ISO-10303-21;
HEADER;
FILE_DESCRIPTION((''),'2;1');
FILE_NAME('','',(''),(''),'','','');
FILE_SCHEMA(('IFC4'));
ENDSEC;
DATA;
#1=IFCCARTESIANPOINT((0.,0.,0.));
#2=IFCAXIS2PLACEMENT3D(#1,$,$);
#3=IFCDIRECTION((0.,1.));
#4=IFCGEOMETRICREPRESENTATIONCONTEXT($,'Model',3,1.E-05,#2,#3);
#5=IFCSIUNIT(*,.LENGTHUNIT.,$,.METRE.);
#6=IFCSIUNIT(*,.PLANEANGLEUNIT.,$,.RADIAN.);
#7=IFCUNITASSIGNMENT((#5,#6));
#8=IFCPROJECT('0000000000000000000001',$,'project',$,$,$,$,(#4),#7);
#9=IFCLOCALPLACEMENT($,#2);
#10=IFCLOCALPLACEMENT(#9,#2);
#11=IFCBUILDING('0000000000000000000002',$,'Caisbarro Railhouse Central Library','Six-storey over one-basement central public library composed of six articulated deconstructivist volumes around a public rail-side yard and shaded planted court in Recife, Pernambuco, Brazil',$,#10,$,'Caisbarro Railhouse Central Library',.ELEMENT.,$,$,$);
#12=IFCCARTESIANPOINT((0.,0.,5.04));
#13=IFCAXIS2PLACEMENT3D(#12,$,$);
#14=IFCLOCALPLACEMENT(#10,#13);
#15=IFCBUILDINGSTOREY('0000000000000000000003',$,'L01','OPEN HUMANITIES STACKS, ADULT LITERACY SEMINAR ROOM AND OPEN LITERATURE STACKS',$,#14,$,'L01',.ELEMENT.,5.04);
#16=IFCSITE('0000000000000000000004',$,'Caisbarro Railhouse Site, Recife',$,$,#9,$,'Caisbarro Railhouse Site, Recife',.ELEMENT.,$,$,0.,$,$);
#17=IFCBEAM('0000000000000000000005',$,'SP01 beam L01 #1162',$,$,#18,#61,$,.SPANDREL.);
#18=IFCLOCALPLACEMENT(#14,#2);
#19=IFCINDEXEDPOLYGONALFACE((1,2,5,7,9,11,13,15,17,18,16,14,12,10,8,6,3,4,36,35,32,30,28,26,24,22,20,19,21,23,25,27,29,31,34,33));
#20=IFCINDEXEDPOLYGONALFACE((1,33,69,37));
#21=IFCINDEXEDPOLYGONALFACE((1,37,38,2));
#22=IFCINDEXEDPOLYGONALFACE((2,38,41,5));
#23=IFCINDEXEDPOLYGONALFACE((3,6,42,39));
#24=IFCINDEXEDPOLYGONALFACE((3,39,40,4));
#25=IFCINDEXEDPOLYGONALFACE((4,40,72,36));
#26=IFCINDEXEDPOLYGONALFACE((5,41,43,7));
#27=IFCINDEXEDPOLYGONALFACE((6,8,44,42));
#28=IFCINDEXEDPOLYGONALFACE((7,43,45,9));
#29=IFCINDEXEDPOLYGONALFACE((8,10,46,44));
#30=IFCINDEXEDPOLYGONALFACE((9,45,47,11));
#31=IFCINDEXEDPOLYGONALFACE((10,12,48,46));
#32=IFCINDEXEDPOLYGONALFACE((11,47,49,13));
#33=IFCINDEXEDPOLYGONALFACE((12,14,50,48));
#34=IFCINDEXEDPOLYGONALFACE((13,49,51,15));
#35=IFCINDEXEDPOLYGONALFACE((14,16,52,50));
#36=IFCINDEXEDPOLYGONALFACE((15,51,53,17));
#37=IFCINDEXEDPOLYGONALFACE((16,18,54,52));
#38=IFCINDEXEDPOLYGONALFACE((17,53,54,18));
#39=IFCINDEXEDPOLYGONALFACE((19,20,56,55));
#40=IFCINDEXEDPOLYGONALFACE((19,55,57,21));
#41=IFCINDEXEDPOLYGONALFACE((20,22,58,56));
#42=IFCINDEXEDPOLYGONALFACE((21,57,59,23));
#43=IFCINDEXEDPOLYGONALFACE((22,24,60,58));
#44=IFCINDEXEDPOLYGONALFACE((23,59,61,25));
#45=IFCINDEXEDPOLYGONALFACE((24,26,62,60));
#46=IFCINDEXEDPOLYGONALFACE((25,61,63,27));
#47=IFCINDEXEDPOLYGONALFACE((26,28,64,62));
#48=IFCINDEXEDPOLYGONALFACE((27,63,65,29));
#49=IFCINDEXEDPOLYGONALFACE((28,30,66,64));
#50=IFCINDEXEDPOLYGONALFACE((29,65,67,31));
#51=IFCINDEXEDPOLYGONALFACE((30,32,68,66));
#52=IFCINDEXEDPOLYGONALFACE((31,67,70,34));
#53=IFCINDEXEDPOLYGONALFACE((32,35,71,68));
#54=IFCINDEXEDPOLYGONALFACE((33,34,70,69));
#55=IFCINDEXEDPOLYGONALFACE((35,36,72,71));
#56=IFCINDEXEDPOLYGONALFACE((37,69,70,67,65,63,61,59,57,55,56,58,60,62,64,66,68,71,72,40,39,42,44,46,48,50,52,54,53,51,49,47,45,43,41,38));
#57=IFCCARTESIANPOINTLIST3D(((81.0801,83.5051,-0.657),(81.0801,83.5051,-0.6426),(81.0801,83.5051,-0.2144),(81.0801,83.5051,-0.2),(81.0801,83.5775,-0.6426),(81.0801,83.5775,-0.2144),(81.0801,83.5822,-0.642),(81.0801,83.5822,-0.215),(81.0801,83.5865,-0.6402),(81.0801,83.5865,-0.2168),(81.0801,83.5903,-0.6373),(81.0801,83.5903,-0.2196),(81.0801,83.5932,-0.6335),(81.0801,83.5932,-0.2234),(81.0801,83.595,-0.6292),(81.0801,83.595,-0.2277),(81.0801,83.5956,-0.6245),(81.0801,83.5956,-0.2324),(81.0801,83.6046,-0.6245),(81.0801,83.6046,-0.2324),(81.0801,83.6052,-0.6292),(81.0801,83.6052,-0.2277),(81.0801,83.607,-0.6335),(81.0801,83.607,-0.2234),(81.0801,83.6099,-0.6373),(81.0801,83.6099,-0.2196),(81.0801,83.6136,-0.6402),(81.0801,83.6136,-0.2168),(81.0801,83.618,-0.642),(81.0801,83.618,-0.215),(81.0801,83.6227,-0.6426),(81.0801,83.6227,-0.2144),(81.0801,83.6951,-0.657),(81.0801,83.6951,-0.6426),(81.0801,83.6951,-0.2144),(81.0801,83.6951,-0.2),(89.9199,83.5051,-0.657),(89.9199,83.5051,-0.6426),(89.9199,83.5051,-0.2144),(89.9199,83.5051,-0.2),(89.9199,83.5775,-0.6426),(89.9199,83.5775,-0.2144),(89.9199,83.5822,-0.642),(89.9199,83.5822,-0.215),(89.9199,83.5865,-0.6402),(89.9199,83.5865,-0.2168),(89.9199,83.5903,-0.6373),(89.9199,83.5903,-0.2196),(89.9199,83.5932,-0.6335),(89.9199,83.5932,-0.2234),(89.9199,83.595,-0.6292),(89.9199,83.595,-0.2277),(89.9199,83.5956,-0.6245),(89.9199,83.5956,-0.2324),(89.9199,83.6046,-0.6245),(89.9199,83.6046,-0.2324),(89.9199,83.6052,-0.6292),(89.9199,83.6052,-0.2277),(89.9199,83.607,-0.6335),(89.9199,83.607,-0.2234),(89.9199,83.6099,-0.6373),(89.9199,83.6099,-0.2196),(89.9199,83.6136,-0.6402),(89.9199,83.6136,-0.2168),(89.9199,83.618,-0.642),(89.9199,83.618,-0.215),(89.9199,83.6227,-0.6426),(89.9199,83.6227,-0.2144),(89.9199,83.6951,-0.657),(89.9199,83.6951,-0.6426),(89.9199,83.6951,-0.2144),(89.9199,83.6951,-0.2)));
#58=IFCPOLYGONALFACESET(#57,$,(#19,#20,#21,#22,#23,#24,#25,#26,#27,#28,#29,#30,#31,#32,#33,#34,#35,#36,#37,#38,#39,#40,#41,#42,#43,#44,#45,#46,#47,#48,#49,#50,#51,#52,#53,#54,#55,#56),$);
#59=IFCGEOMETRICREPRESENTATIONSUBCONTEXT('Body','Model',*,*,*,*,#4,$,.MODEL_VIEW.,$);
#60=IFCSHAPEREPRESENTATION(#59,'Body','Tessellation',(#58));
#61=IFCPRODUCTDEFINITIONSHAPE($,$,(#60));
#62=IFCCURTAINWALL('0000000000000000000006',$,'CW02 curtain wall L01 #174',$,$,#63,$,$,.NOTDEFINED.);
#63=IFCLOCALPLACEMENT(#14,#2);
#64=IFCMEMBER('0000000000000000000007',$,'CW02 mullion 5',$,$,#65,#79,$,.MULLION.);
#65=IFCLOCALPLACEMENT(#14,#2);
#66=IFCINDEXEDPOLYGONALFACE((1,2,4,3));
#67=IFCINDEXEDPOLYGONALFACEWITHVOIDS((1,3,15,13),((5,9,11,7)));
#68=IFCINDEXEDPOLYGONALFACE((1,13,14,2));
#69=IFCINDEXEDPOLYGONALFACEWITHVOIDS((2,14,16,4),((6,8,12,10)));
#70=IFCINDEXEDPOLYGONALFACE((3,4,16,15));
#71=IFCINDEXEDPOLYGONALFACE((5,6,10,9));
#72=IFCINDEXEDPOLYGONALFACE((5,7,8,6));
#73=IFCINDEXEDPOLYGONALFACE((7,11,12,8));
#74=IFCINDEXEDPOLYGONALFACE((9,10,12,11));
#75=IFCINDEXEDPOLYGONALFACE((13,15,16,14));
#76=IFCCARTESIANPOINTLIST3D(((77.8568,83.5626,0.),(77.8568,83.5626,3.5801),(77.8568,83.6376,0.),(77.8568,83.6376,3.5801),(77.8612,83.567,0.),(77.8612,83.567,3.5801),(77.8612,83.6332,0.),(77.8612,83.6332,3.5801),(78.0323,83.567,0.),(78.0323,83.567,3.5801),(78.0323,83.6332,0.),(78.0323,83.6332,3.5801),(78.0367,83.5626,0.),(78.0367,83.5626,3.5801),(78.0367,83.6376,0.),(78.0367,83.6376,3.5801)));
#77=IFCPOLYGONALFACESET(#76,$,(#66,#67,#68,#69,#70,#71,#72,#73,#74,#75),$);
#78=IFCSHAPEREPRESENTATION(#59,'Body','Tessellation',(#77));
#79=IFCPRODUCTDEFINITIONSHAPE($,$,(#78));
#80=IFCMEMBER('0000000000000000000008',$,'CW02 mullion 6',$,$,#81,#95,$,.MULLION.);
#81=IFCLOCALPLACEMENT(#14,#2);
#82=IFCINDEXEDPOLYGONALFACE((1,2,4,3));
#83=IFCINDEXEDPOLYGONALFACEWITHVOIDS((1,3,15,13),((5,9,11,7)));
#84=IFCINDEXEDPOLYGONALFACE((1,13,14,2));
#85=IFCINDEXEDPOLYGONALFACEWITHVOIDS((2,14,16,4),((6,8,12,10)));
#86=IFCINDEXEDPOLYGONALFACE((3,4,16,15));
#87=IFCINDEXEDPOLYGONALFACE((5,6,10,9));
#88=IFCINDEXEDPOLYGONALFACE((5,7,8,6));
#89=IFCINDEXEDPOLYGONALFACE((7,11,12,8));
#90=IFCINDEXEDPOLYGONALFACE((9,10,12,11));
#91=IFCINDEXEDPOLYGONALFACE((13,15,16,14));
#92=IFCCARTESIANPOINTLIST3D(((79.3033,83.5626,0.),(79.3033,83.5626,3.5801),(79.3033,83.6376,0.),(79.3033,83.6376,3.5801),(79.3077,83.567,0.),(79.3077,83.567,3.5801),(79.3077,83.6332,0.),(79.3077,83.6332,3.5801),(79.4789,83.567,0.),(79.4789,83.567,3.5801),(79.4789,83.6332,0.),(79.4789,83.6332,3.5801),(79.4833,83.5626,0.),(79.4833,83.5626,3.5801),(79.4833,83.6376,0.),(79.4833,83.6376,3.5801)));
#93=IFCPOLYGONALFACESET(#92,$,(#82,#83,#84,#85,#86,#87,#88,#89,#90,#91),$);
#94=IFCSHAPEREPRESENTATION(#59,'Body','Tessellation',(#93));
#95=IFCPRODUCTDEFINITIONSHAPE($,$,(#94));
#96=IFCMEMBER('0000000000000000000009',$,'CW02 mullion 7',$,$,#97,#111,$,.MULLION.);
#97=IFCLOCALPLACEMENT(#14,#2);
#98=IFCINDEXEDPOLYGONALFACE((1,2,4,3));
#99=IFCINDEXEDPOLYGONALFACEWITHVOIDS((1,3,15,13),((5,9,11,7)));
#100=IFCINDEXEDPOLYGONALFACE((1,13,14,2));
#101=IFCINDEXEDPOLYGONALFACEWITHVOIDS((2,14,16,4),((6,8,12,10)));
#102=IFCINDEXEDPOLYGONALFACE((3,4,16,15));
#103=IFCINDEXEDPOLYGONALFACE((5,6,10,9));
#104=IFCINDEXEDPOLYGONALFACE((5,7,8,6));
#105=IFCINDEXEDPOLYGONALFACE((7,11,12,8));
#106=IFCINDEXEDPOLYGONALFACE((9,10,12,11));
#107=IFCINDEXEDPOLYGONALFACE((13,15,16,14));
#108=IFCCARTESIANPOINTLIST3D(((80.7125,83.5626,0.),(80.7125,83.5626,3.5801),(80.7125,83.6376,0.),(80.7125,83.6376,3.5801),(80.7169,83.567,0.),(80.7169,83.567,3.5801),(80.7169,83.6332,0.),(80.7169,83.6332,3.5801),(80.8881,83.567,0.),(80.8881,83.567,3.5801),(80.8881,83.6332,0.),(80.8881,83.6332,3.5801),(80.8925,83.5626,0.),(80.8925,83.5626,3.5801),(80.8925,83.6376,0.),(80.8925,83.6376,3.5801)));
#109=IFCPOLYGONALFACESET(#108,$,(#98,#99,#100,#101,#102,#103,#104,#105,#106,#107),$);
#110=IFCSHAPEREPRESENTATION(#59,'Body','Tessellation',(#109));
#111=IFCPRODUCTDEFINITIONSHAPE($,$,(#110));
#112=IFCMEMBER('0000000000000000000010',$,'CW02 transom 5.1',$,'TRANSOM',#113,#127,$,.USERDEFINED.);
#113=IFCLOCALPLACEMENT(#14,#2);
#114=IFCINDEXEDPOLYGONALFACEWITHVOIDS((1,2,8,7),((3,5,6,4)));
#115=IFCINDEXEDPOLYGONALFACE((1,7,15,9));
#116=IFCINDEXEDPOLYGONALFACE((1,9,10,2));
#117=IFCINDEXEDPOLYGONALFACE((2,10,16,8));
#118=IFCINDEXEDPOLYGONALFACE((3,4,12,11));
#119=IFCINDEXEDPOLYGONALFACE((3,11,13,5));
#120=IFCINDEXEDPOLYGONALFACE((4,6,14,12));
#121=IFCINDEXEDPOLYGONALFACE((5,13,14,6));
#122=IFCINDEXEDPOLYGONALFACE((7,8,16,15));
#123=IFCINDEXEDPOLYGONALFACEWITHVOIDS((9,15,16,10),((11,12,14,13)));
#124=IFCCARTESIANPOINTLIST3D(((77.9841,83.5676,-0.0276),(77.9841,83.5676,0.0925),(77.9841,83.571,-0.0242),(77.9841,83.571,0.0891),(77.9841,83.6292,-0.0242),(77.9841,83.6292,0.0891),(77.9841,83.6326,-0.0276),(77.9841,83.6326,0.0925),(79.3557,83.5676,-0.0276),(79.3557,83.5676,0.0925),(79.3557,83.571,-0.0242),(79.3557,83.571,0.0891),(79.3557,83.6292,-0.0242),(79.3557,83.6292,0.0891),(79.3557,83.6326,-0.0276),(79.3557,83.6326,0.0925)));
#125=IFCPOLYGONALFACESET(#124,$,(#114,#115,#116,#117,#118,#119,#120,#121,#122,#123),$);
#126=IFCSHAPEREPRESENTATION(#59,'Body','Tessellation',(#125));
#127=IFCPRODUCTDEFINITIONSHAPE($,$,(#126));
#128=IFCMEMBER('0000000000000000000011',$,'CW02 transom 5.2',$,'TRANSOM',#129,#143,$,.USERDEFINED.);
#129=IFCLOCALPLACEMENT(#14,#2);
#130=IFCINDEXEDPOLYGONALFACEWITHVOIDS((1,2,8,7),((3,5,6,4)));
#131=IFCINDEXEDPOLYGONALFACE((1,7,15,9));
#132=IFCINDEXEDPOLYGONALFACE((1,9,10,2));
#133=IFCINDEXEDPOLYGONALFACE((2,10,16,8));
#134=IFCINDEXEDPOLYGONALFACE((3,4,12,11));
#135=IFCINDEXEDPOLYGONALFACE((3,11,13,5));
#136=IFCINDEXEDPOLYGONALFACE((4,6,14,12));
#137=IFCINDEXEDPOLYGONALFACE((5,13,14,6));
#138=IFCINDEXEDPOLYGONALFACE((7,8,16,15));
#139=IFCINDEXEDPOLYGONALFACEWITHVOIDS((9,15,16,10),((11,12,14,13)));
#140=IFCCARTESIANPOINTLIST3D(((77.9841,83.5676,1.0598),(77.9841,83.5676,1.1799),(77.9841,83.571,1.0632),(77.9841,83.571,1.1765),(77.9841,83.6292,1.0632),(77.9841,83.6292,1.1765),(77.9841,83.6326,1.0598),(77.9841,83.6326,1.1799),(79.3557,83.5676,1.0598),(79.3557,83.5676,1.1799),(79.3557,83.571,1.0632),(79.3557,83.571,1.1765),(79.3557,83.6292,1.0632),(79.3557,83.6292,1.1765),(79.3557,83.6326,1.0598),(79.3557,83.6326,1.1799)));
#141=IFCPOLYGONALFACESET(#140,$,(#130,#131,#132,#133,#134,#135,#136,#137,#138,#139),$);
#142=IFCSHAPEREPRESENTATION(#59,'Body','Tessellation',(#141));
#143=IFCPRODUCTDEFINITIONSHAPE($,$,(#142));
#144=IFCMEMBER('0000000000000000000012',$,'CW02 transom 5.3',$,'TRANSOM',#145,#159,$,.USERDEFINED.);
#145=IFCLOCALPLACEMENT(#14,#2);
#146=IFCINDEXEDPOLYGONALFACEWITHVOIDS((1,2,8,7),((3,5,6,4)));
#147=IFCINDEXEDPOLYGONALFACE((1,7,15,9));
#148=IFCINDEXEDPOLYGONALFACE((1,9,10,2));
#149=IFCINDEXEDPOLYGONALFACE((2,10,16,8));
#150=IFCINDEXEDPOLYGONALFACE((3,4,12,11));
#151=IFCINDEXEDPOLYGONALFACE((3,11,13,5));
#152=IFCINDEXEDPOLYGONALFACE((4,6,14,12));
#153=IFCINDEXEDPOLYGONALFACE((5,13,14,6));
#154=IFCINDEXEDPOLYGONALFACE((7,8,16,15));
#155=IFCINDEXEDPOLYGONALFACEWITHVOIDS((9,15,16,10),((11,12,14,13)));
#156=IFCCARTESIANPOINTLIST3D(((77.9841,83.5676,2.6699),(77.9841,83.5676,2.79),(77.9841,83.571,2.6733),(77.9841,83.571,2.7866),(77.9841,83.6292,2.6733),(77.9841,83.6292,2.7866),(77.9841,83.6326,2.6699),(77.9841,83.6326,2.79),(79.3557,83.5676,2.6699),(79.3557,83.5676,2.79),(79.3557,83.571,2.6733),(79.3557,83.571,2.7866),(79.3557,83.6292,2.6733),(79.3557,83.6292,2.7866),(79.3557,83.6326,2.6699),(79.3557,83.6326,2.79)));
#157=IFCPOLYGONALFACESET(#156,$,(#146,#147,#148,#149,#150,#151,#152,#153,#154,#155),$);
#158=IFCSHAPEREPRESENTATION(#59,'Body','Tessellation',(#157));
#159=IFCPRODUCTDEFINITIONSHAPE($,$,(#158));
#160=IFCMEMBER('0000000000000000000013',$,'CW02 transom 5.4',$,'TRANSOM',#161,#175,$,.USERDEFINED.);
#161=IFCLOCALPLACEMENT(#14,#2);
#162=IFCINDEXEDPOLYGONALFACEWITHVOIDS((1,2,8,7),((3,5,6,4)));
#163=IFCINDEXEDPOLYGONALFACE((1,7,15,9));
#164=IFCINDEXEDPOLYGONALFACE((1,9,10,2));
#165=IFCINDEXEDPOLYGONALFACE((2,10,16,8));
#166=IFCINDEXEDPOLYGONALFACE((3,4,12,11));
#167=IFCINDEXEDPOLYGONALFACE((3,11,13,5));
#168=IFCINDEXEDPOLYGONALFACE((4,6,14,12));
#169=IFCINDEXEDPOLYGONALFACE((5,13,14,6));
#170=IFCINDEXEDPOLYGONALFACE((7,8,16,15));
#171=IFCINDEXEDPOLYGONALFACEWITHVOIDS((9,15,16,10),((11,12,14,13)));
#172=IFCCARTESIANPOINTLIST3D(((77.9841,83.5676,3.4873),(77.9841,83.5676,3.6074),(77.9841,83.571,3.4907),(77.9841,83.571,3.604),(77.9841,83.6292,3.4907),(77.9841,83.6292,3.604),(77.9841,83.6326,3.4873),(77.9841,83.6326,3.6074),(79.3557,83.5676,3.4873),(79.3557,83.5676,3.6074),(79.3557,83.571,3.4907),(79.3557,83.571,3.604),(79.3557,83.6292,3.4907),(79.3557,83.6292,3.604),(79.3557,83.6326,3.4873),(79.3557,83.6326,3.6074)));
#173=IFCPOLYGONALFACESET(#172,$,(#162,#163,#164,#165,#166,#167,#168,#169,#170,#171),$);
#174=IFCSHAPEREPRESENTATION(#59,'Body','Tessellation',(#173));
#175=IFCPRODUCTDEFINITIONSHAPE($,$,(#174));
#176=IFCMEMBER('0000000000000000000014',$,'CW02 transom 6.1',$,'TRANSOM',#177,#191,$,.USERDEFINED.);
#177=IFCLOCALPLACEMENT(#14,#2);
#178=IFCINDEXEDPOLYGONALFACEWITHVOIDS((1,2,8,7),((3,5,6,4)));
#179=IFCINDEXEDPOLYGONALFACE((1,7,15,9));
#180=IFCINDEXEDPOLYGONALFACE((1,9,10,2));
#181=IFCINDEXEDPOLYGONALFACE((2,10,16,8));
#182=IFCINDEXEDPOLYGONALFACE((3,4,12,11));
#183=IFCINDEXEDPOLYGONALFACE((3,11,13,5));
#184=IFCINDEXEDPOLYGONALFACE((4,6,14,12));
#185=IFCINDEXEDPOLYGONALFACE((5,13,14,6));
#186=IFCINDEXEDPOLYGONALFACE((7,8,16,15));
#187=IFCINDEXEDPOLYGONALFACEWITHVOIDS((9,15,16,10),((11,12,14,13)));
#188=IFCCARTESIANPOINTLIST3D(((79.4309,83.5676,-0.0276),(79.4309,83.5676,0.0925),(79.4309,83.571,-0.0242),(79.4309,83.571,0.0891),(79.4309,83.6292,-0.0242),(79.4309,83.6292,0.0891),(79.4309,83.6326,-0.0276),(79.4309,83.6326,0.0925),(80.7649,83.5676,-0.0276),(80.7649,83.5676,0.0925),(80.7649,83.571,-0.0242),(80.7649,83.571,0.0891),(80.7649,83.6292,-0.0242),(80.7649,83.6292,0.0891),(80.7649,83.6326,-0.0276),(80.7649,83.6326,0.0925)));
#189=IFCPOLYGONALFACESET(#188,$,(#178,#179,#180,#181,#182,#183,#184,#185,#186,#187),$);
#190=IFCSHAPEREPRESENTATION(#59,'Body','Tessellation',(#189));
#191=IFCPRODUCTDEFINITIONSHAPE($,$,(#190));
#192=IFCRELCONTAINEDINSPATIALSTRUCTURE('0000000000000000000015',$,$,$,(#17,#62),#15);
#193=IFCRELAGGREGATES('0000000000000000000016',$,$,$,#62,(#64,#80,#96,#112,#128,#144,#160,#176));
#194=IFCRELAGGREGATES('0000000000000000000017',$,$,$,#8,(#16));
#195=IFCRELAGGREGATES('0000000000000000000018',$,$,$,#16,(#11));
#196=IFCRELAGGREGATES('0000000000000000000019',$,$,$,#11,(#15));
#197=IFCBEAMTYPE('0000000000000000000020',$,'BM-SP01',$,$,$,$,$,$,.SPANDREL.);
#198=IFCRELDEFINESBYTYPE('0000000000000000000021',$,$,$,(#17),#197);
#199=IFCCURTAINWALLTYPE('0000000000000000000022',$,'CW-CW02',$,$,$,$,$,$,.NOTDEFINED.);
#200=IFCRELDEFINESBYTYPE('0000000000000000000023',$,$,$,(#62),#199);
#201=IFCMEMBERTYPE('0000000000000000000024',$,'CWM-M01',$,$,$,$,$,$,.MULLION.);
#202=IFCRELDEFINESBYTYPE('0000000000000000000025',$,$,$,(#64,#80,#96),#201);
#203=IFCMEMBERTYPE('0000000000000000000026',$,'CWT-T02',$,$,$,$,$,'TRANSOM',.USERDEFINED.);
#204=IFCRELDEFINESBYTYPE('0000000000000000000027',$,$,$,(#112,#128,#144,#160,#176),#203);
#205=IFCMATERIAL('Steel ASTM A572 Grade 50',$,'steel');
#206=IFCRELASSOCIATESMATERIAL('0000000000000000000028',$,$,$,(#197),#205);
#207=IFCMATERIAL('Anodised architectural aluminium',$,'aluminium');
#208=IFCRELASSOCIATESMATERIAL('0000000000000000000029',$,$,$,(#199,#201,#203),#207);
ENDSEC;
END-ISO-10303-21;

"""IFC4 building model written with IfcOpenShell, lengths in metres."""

from ifc_helpers import new_model, si_unit, direction, frame, origin, origin_2d, place, context, subcontext, project, spatial, hollow_rectangle, i_section, extrude, material, material_profile, profile_set, type_object, element, aggregate, save


model = new_model("IFC4")

# Units and contexts
model_context = context("Model", 3, precision=1e-05, world=origin(), true_north=direction((0.0, 1.0)))
body_context = subcontext(model_context, "Body", "Model", "MODEL_VIEW")
ifc_project = project(units=[si_unit("LENGTHUNIT", "METRE"), si_unit("PLANEANGLEUNIT", "RADIAN")], contexts=[model_context])

# Site, building, storey
site_placement = place(None, origin())
site = spatial("IfcSite", under=ifc_project, at=site_placement, Name="Caisbarro Railhouse Site, Recife", LongName="Caisbarro Railhouse Site, Recife", CompositionType="ELEMENT", RefElevation=0.0)
building_placement = place(site_placement, origin())
building = spatial("IfcBuilding", under=site, at=building_placement, Name="Caisbarro Railhouse Central Library", Description="Six-storey over one-basement central public library composed of six articulated deconstructivist volumes around a public rail-side yard and shaded planted court in Recife, Pernambuco, Brazil", LongName="Caisbarro Railhouse Central Library", CompositionType="ELEMENT")
storey_placement = place(building_placement, frame((0.0, 0.0, 5.04)))
storey = spatial("IfcBuildingStorey", under=building, at=storey_placement, Name="L01", Description="OPEN HUMANITIES STACKS, ADULT LITERACY SEMINAR ROOM AND OPEN LITERATURE STACKS", LongName="L01", CompositionType="ELEMENT", Elevation=5.04)

# Shared definitions
ifc_material_1 = material(Name="Steel ASTM A572 Grade 50", Category="steel")

# Beam
ifc_material_profile_1 = material_profile(ifc_material_1, i_section(OverallWidth=0.1899, OverallDepth=0.457, WebThickness=0.009, FlangeThickness=0.0144, FilletRadius=0.0181, at=origin_2d()), Name="W460X74.0")
ifc_profile_set_1 = profile_set([ifc_material_profile_1], Name="Steel ASTM A572 Grade 50")
beam_type_1 = type_object("IfcBeamType", Name="BM-SP01", PredefinedType="SPANDREL", material=ifc_profile_set_1)
beam_1_placement = place(storey_placement, frame((81.0801, 83.6001, -0.4285), z_axis=(1.0, 0.0, 0.0), x_axis=(0.0, 1.0, 0.0)))
element("IfcBeam", 1, at=beam_1_placement, inside=storey, type_object=beam_type_1, Name="SP01 beam L01 #1162", PredefinedType="SPANDREL", context=body_context, shape_type="SweptSolid", body=[
    extrude(i_section(OverallWidth=0.1899, OverallDepth=0.457, WebThickness=0.009, FlangeThickness=0.0144, FilletRadius=0.0181, at=origin_2d()), origin(), (0.0, 0.0, 1.0), 8.8398),
])

# Curtain wall, members
ifc_material_2 = material(Name="Anodised architectural aluminium", Category="aluminium")
curtain_wall_type = type_object("IfcCurtainWallType", Name="CW-CW02", PredefinedType="NOTDEFINED", material=ifc_material_2)
curtain_wall_placement = place(storey_placement, origin())
curtain_wall = element("IfcCurtainWall", 2, at=curtain_wall_placement, inside=storey, type_object=curtain_wall_type, Name="CW02 curtain wall L01 #174", PredefinedType="NOTDEFINED")
ifc_material_profile_2 = material_profile(ifc_material_2, hollow_rectangle(XDim=0.075, YDim=0.1799, WallThickness=0.0044, at=origin_2d()), Name="ALU-MUL-75X180")
ifc_profile_set_2 = profile_set([ifc_material_profile_2], Name="Anodised architectural aluminium")
member_type_1 = type_object("IfcMemberType", Name="CWM-M01", PredefinedType="MULLION", material=ifc_profile_set_2)
member_1_placement = place(storey_placement, frame((77.9468, 83.6001, 0.0), z_axis=(0.0, 0.0, 1.0), x_axis=(0.0, 1.0, 0.0)))
member_1 = element("IfcMember", 3, at=member_1_placement, type_object=member_type_1, Name="CW02 mullion 5", PredefinedType="MULLION", context=body_context, shape_type="SweptSolid", body=[
    extrude(hollow_rectangle(XDim=0.075, YDim=0.1799, WallThickness=0.0044, at=origin_2d()), origin(), (0.0, 0.0, 1.0), 3.5801),
])
member_2_placement = place(storey_placement, frame((79.3933, 83.6001, 0.0), z_axis=(0.0, 0.0, 1.0), x_axis=(0.0, 1.0, 0.0)))
member_2 = element("IfcMember", 4, at=member_2_placement, type_object=member_type_1, Name="CW02 mullion 6", PredefinedType="MULLION", context=body_context, shape_type="SweptSolid", body=[
    extrude(hollow_rectangle(XDim=0.075, YDim=0.1799, WallThickness=0.0044, at=origin_2d()), origin(), (0.0, 0.0, 1.0), 3.5801),
])
member_3_placement = place(storey_placement, frame((80.8025, 83.6001, 0.0), z_axis=(0.0, 0.0, 1.0), x_axis=(0.0, 1.0, 0.0)))
member_3 = element("IfcMember", 5, at=member_3_placement, type_object=member_type_1, Name="CW02 mullion 7", PredefinedType="MULLION", context=body_context, shape_type="SweptSolid", body=[
    extrude(hollow_rectangle(XDim=0.075, YDim=0.1799, WallThickness=0.0044, at=origin_2d()), origin(), (0.0, 0.0, 1.0), 3.5801),
])
ifc_material_profile_3 = material_profile(ifc_material_2, hollow_rectangle(XDim=0.0649, YDim=0.1201, WallThickness=0.0034, at=origin_2d()), Name="ALU-TRN-65X120")
ifc_profile_set_3 = profile_set([ifc_material_profile_3], Name="Anodised architectural aluminium")
member_type_2 = type_object("IfcMemberType", Name="CWT-T02", ElementType="TRANSOM", PredefinedType="USERDEFINED", material=ifc_profile_set_3)
member_4_placement = place(storey_placement, frame((77.9841, 83.6001, 0.0325), z_axis=(1.0, 0.0, 0.0), x_axis=(0.0, 1.0, 0.0)))
member_4 = element("IfcMember", 6, at=member_4_placement, type_object=member_type_2, Name="CW02 transom 5.1", ObjectType="TRANSOM", PredefinedType="USERDEFINED", context=body_context, shape_type="SweptSolid", body=[
    extrude(hollow_rectangle(XDim=0.0649, YDim=0.1201, WallThickness=0.0034, at=origin_2d()), origin(), (0.0, 0.0, 1.0), 1.3716),
])
member_5_placement = place(storey_placement, frame((77.9841, 83.6001, 1.1199), z_axis=(1.0, 0.0, 0.0), x_axis=(0.0, 1.0, 0.0)))
member_5 = element("IfcMember", 7, at=member_5_placement, type_object=member_type_2, Name="CW02 transom 5.2", ObjectType="TRANSOM", PredefinedType="USERDEFINED", context=body_context, shape_type="SweptSolid", body=[
    extrude(hollow_rectangle(XDim=0.0649, YDim=0.1201, WallThickness=0.0034, at=origin_2d()), origin(), (0.0, 0.0, 1.0), 1.3716),
])
member_6_placement = place(storey_placement, frame((77.9841, 83.6001, 2.73), z_axis=(1.0, 0.0, 0.0), x_axis=(0.0, 1.0, 0.0)))
member_6 = element("IfcMember", 8, at=member_6_placement, type_object=member_type_2, Name="CW02 transom 5.3", ObjectType="TRANSOM", PredefinedType="USERDEFINED", context=body_context, shape_type="SweptSolid", body=[
    extrude(hollow_rectangle(XDim=0.0649, YDim=0.1201, WallThickness=0.0034, at=origin_2d()), origin(), (0.0, 0.0, 1.0), 1.3716),
])
member_7_placement = place(storey_placement, frame((77.9841, 83.6001, 3.5474), z_axis=(1.0, 0.0, 0.0), x_axis=(0.0, 1.0, 0.0)))
member_7 = element("IfcMember", 9, at=member_7_placement, type_object=member_type_2, Name="CW02 transom 5.4", ObjectType="TRANSOM", PredefinedType="USERDEFINED", context=body_context, shape_type="SweptSolid", body=[
    extrude(hollow_rectangle(XDim=0.0649, YDim=0.1201, WallThickness=0.0034, at=origin_2d()), origin(), (0.0, 0.0, 1.0), 1.3716),
])
member_8_placement = place(storey_placement, frame((79.4309, 83.6001, 0.0325), z_axis=(1.0, 0.0, 0.0), x_axis=(0.0, 1.0, 0.0)))
member_8 = element("IfcMember", 10, at=member_8_placement, type_object=member_type_2, Name="CW02 transom 6.1", ObjectType="TRANSOM", PredefinedType="USERDEFINED", context=body_context, shape_type="SweptSolid", body=[
    extrude(hollow_rectangle(XDim=0.0649, YDim=0.1201, WallThickness=0.0034, at=origin_2d()), origin(), (0.0, 0.0, 1.0), 1.334),
])
aggregate(curtain_wall, [member_1, member_2, member_3, member_4, member_5, member_6, member_7, member_8])

save(model, "model.ifc")
